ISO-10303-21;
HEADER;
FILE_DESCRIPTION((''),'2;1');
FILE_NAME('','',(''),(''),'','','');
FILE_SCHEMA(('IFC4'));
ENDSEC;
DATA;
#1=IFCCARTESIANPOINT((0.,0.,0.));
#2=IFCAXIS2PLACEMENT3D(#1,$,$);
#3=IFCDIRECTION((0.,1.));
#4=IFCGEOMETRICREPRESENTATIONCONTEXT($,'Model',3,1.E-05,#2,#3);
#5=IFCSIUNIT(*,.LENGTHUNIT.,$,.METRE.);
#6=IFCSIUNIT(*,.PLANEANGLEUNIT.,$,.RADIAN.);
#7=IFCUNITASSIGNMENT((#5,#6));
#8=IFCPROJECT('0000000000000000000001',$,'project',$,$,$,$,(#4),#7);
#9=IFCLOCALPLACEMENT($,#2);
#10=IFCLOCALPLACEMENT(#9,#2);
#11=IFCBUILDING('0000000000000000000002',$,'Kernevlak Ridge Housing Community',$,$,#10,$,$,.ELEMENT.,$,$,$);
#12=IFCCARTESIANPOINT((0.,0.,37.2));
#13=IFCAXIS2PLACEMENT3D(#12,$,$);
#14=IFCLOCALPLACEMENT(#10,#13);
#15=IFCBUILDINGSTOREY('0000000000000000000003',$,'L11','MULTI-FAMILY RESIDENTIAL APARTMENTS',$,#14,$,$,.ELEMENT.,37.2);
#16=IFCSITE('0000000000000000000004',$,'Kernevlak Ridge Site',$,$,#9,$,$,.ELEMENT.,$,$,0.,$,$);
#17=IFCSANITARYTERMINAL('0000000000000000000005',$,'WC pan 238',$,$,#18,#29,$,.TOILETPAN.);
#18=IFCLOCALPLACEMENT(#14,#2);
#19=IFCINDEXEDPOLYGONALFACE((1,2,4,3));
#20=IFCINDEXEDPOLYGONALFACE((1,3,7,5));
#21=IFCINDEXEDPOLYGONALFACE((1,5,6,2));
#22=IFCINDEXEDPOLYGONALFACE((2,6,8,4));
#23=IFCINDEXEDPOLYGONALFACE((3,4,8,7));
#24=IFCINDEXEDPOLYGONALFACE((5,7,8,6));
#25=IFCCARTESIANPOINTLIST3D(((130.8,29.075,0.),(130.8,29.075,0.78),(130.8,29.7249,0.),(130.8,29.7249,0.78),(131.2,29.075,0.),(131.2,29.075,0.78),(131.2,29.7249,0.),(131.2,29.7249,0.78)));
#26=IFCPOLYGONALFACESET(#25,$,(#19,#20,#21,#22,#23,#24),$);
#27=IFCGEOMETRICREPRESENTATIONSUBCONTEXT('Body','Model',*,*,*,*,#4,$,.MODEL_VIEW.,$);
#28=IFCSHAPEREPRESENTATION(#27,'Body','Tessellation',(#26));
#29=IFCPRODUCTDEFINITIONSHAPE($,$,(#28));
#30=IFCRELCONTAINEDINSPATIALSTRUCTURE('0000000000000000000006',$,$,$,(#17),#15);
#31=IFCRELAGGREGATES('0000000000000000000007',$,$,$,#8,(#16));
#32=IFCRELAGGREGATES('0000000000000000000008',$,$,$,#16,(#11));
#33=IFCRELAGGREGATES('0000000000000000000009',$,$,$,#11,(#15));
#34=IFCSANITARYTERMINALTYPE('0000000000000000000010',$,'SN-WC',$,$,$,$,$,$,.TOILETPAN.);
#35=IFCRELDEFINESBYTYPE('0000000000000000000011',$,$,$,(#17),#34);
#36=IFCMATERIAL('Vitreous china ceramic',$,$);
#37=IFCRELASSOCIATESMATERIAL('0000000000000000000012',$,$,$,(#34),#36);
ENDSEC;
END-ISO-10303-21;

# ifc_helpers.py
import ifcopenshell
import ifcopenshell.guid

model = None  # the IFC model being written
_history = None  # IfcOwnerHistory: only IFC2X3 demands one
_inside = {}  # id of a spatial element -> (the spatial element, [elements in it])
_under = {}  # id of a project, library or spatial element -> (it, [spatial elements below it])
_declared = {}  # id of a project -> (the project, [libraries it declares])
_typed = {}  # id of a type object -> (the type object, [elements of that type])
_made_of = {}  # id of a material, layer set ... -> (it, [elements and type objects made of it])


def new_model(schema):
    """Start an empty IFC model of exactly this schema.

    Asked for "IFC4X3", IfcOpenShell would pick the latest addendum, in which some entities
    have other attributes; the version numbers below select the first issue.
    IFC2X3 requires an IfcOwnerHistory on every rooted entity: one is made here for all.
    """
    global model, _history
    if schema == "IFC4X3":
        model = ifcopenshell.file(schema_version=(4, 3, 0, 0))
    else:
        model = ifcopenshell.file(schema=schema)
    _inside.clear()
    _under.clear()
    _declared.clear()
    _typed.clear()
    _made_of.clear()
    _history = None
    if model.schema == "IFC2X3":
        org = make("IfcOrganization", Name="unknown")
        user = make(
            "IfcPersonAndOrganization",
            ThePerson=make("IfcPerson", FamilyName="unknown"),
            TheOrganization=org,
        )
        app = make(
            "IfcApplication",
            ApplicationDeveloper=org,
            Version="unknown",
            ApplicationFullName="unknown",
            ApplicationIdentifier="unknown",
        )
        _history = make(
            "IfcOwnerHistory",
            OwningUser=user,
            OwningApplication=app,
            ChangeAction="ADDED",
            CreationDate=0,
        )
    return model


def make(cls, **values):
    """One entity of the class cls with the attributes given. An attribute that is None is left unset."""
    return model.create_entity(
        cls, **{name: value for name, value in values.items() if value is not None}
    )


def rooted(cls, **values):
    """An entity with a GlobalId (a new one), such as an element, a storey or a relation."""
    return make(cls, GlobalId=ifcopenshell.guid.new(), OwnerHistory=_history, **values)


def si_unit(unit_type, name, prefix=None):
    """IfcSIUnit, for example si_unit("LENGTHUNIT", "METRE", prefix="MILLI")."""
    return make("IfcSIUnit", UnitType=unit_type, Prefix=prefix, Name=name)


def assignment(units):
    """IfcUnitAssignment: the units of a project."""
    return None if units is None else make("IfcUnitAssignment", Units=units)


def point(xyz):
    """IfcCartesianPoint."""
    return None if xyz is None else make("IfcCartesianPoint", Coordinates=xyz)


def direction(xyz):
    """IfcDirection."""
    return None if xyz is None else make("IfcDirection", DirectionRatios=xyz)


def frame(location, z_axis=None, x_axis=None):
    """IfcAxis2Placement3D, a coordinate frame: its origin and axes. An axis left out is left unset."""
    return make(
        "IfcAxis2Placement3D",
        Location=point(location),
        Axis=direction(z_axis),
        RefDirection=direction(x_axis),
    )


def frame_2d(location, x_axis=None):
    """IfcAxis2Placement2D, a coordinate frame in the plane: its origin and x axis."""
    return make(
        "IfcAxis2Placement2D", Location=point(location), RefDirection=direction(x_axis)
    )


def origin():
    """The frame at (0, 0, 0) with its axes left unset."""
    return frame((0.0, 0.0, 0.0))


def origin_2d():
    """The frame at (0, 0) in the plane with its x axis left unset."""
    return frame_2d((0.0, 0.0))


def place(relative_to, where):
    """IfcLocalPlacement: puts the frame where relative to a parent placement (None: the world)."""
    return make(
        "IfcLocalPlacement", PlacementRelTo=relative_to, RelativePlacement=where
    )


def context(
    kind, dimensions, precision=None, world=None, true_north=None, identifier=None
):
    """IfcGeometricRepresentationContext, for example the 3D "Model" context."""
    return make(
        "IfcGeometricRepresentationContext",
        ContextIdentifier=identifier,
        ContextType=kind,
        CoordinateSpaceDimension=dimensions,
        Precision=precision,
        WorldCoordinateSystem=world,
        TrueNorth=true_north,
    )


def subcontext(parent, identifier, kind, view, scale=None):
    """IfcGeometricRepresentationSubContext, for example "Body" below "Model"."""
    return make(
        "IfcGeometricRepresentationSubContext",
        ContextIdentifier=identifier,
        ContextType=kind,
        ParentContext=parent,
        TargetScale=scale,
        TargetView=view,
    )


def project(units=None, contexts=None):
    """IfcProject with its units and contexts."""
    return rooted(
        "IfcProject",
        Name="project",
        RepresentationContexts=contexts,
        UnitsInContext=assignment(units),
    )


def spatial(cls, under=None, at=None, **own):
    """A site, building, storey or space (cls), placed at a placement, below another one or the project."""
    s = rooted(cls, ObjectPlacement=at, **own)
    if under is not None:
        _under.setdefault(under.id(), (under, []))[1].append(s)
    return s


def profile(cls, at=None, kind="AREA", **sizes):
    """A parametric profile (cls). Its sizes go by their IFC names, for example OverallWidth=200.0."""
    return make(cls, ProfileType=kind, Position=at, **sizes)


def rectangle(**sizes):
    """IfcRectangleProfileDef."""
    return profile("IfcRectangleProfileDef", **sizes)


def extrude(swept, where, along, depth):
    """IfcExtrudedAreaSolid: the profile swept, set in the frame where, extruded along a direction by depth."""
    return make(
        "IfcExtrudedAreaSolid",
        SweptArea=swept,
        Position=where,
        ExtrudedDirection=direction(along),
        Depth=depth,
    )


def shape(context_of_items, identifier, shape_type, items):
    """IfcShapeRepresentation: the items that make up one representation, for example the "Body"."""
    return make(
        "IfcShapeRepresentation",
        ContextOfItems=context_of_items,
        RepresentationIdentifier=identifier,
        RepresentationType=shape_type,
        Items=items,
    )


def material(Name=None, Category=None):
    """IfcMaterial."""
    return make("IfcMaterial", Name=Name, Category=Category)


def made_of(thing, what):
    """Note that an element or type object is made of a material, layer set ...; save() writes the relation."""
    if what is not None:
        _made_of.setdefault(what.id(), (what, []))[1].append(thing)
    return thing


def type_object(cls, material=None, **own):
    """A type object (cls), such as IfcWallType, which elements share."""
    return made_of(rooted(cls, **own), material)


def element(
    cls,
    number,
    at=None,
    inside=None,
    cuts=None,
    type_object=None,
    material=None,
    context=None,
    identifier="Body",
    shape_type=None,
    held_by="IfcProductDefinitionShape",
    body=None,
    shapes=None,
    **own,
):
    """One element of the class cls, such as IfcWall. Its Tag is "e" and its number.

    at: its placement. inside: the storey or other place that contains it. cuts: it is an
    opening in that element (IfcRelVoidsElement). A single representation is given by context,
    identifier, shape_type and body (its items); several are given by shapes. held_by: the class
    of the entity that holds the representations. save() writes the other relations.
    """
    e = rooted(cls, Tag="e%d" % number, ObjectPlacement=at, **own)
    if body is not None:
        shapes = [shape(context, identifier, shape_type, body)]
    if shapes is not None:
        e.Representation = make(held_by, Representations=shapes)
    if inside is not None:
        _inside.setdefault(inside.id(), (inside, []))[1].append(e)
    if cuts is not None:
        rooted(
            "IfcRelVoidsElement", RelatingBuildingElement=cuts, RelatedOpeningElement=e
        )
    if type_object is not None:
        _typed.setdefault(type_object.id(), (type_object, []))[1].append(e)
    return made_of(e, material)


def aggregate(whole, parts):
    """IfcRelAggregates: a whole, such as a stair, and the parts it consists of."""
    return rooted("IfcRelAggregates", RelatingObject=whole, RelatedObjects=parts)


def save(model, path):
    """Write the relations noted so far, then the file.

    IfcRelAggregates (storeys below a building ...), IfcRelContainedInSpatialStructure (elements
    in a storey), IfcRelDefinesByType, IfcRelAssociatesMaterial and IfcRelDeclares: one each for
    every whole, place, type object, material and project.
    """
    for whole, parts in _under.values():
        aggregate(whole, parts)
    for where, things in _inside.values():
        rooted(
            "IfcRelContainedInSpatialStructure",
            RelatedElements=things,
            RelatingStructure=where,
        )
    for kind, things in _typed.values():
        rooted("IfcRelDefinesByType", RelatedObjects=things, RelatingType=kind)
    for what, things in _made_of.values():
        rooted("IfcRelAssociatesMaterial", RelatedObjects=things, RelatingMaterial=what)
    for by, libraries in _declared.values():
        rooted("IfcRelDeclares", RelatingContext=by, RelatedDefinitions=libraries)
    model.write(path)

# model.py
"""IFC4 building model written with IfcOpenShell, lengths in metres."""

from ifc_helpers import new_model, si_unit, direction, frame, origin, origin_2d, place, context, subcontext, project, spatial, rectangle, extrude, material, type_object, element, save


model = new_model("IFC4")

# Units and contexts
model_context = context("Model", 3, precision=1e-05, world=origin(), true_north=direction((0.0, 1.0)))
body_context = subcontext(model_context, "Body", "Model", "MODEL_VIEW")
ifc_project = project(units=[si_unit("LENGTHUNIT", "METRE"), si_unit("PLANEANGLEUNIT", "RADIAN")], contexts=[model_context])

# Site, building, storey
site_placement = place(None, origin())
site = spatial("IfcSite", under=ifc_project, at=site_placement, Name="Kernevlak Ridge Site", CompositionType="ELEMENT", RefElevation=0.0)
building_placement = place(site_placement, origin())
building = spatial("IfcBuilding", under=site, at=building_placement, Name="Kernevlak Ridge Housing Community", CompositionType="ELEMENT")
storey_placement = place(building_placement, frame((0.0, 0.0, 37.2)))
storey = spatial("IfcBuildingStorey", under=building, at=storey_placement, Name="L11", Description="MULTI-FAMILY RESIDENTIAL APARTMENTS", CompositionType="ELEMENT", Elevation=37.2)

# Sanitary terminal
ifc_material_1 = material(Name="Vitreous china ceramic")
sanitary_terminal_type_1 = type_object("IfcSanitaryTerminalType", Name="SN-WC", PredefinedType="TOILETPAN", material=ifc_material_1)
sanitary_terminal_1_placement = place(storey_placement, frame((131.0, 29.3999, 0.0), z_axis=(0.0, 0.0, 1.0), x_axis=(1.0, 0.0, 0.0)))
element("IfcSanitaryTerminal", 1, at=sanitary_terminal_1_placement, inside=storey, type_object=sanitary_terminal_type_1, Name="WC pan 238", PredefinedType="TOILETPAN", context=body_context, shape_type="SweptSolid", body=[
    extrude(rectangle(XDim=0.3999, YDim=0.6499, at=origin_2d()), origin(), (0.0, 0.0, 1.0), 0.78),
])

save(model, "model.ifc")
